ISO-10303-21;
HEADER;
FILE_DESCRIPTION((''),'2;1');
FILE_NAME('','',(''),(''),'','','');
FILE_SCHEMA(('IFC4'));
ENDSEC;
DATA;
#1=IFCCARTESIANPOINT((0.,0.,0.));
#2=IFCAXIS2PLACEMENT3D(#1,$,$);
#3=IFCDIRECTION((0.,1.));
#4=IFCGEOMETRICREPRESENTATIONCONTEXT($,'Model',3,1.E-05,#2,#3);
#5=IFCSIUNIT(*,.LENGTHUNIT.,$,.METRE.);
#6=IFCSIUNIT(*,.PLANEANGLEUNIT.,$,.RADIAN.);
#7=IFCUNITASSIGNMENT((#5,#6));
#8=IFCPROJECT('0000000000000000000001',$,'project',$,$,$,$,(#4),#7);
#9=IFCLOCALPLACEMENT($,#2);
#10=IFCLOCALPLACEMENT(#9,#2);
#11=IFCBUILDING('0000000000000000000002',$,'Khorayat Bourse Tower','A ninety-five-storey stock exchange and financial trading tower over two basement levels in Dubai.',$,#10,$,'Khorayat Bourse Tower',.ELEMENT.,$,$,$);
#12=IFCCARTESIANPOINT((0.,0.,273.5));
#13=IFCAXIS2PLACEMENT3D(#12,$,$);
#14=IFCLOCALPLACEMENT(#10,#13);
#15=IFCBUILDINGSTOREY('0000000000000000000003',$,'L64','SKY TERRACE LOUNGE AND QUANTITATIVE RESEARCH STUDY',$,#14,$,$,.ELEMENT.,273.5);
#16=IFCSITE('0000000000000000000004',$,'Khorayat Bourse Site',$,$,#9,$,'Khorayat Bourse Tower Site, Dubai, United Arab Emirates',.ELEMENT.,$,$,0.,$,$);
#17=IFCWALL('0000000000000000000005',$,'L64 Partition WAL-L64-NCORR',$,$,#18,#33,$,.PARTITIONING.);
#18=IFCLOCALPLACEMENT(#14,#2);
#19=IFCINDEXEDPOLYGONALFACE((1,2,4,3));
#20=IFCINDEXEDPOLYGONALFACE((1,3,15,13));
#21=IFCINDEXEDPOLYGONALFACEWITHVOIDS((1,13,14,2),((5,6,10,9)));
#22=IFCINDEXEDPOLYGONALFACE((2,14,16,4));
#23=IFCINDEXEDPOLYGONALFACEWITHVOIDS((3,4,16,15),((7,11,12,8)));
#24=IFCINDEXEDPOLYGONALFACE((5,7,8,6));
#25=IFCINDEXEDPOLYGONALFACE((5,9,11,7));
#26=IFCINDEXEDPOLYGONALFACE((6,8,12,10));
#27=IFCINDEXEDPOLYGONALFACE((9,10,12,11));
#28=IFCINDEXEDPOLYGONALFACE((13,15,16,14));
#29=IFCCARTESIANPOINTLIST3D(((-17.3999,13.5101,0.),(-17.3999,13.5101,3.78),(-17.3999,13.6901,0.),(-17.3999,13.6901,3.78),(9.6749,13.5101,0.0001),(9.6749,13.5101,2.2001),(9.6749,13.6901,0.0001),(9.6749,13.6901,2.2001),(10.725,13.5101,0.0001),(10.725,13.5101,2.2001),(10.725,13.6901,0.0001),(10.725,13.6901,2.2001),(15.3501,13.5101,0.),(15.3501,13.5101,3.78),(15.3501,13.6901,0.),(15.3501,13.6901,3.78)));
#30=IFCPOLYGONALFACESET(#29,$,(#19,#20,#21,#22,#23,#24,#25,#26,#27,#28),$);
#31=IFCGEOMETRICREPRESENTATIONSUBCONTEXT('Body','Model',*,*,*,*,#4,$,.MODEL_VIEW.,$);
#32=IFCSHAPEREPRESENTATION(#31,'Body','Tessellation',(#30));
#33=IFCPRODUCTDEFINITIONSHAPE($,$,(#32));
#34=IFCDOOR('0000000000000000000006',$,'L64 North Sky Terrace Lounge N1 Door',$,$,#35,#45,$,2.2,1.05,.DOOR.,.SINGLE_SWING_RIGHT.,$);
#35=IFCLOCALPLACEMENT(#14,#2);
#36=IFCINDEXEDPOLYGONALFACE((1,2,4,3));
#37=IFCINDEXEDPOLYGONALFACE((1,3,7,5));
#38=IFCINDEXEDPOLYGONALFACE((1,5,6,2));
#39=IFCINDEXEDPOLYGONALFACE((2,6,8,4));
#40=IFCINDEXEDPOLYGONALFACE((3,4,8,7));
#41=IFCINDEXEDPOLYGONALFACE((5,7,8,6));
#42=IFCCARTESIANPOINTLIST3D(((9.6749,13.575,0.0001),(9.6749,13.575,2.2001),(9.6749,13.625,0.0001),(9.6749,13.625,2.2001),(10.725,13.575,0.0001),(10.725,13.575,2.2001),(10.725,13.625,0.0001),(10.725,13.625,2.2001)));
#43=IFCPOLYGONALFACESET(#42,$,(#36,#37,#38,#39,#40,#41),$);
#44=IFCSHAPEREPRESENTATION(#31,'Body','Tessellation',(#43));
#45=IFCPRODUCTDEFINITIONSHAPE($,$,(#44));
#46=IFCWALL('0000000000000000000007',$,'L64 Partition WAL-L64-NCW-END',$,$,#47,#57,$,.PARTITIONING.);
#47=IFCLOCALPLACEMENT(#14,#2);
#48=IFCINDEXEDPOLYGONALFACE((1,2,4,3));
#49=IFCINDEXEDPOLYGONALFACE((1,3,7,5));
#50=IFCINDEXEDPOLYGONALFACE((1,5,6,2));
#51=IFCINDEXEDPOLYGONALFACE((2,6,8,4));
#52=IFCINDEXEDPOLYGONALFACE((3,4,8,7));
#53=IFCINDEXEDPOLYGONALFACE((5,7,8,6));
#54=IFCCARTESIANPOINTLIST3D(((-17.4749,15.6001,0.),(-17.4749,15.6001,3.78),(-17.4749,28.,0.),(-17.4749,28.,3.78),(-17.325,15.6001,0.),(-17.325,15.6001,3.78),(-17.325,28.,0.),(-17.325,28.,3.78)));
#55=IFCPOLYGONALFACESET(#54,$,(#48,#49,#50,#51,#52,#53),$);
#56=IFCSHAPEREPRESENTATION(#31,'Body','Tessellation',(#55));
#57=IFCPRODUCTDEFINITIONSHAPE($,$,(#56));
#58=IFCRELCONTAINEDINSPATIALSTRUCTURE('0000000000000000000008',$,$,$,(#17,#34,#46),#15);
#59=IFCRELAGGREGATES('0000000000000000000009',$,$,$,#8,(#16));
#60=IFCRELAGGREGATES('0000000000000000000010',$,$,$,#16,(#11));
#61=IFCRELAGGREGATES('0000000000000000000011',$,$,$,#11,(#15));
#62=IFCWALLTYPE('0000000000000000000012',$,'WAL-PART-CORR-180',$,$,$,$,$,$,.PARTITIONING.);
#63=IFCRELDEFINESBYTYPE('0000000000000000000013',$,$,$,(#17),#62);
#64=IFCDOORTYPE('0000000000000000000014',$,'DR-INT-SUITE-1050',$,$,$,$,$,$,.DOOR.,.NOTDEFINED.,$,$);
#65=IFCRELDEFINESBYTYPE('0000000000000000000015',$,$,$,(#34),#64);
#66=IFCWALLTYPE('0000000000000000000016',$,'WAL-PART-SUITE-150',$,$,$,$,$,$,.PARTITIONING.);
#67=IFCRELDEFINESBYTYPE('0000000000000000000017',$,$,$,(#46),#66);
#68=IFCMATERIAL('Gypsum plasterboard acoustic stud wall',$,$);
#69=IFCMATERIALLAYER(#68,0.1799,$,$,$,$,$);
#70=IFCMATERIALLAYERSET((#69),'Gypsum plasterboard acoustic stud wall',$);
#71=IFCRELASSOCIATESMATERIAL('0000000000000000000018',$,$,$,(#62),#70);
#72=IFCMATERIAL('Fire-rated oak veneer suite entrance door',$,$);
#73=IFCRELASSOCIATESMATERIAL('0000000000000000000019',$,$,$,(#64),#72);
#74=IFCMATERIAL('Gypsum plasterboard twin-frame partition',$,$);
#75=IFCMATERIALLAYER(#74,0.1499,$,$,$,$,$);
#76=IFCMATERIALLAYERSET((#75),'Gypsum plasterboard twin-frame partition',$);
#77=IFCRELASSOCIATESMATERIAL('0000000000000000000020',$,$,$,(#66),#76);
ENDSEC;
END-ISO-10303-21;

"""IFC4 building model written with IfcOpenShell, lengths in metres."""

from ifc_helpers import new_model, si_unit, direction, frame, frame_2d, origin, place, context, subcontext, project, spatial, rectangle, extrude, source, transform, mapped, material, layer, layer_set, type_object, element, fill, save


model = new_model("IFC4")

# Units and contexts
model_context = context("Model", 3, precision=1e-05, world=origin(), true_north=direction((0.0, 1.0)))
body_context = subcontext(model_context, "Body", "Model", "MODEL_VIEW")
ifc_project = project(units=[si_unit("LENGTHUNIT", "METRE"), si_unit("PLANEANGLEUNIT", "RADIAN")], contexts=[model_context])

# Site, building, storey
site_placement = place(None, origin())
site = spatial("IfcSite", under=ifc_project, at=site_placement, Name="Khorayat Bourse Site", LongName="Khorayat Bourse Tower Site, Dubai, United Arab Emirates", CompositionType="ELEMENT", RefElevation=0.0)
building_placement = place(site_placement, origin())
building = spatial("IfcBuilding", under=site, at=building_placement, Name="Khorayat Bourse Tower", Description="A ninety-five-storey stock exchange and financial trading tower over two basement levels in Dubai.", LongName="Khorayat Bourse Tower", CompositionType="ELEMENT")
storey_placement = place(building_placement, frame((0.0, 0.0, 273.5)))
storey = spatial("IfcBuildingStorey", under=building, at=storey_placement, Name="L64", Description="SKY TERRACE LOUNGE AND QUANTITATIVE RESEARCH STUDY", CompositionType="ELEMENT", Elevation=273.5)

# Wall, opening, door
ifc_material_1 = material(Name="Gypsum plasterboard acoustic stud wall")
ifc_layer_1 = layer(ifc_material_1, 0.1799)
ifc_layer_set_1 = layer_set([ifc_layer_1], Name="Gypsum plasterboard acoustic stud wall")
wall_type_1 = type_object("IfcWallType", Name="WAL-PART-CORR-180", PredefinedType="PARTITIONING", material=ifc_layer_set_1)
shared_shape_1 = source(origin(), body_context, "Body", "SweptSolid", [
    extrude(rectangle(XDim=32.75, YDim=0.1799, at=frame_2d((16.375, 0.0))), origin(), (0.0, 0.0, 1.0), 3.78),
])
wall_1_placement = place(storey_placement, frame((-17.3999, 13.6001, 0.0), z_axis=(0.0, 0.0, 1.0), x_axis=(1.0, 0.0, 0.0)))
wall_1 = element("IfcWall", 1, at=wall_1_placement, inside=storey, type_object=wall_type_1, Name="L64 Partition WAL-L64-NCORR", PredefinedType="PARTITIONING", context=body_context, shape_type="MappedRepresentation", body=[
    mapped(shared_shape_1, transform((0.0, 0.0, 0.0), scale=1.0)),
])
shared_shape_2 = source(origin(), body_context, "Body", "SweptSolid", [
    extrude(rectangle(XDim=1.05, YDim=2.2, at=frame_2d((0.5249, 1.1001))), frame((0.0, 0.0999, 0.0), z_axis=(0.0, -1.0, 0.0), x_axis=(1.0, 0.0, 0.0)), (0.0, 0.0, 1.0), 0.2),
])
opening_placement = place(wall_1_placement, frame((27.075, 0.0, 0.0)))
opening = element("IfcOpeningElement", 2, at=opening_placement, cuts=wall_1, PredefinedType="OPENING", context=body_context, shape_type="MappedRepresentation", body=[
    mapped(shared_shape_2, transform((0.0, 0.0, 0.0), scale=1.0)),
])
ifc_material_2 = material(Name="Fire-rated oak veneer suite entrance door")
door_type = type_object("IfcDoorType", Name="DR-INT-SUITE-1050", OperationType="NOTDEFINED", PredefinedType="DOOR", material=ifc_material_2)
shared_shape_3 = source(origin(), body_context, "Body", "SweptSolid", [
    extrude(rectangle(XDim=1.05, YDim=2.2, at=frame_2d((0.5249, 1.1001))), frame((0.0, 0.0249, 0.0), z_axis=(0.0, -1.0, 0.0), x_axis=(1.0, 0.0, 0.0)), (0.0, 0.0, 1.0), 0.05),
])
door_placement = place(opening_placement, origin())
door = element("IfcDoor", 3, at=door_placement, inside=storey, type_object=door_type, Name="L64 North Sky Terrace Lounge N1 Door", OperationType="SINGLE_SWING_RIGHT", OverallHeight=2.2, OverallWidth=1.05, PredefinedType="DOOR", context=body_context, shape_type="MappedRepresentation", body=[
    mapped(shared_shape_3, transform((0.0, 0.0, 0.0), scale=1.0)),
])
fill(opening, door)

# Wall
ifc_material_3 = material(Name="Gypsum plasterboard twin-frame partition")
ifc_layer_2 = layer(ifc_material_3, 0.1499)
ifc_layer_set_2 = layer_set([ifc_layer_2], Name="Gypsum plasterboard twin-frame partition")
wall_type_2 = type_object("IfcWallType", Name="WAL-PART-SUITE-150", PredefinedType="PARTITIONING", material=ifc_layer_set_2)
shared_shape_4 = source(origin(), body_context, "Body", "SweptSolid", [
    extrude(rectangle(XDim=12.3999, YDim=0.1499, at=frame_2d((6.2, 0.0))), origin(), (0.0, 0.0, 1.0), 3.78),
])
wall_2_placement = place(storey_placement, frame((-17.3999, 15.6001, 0.0), z_axis=(0.0, 0.0, 1.0), x_axis=(0.0, 1.0, 0.0)))
element("IfcWall", 4, at=wall_2_placement, inside=storey, type_object=wall_type_2, Name="L64 Partition WAL-L64-NCW-END", PredefinedType="PARTITIONING", context=body_context, shape_type="MappedRepresentation", body=[
    mapped(shared_shape_4, transform((0.0, 0.0, 0.0), scale=1.0)),
])

save(model, "model.ifc")
